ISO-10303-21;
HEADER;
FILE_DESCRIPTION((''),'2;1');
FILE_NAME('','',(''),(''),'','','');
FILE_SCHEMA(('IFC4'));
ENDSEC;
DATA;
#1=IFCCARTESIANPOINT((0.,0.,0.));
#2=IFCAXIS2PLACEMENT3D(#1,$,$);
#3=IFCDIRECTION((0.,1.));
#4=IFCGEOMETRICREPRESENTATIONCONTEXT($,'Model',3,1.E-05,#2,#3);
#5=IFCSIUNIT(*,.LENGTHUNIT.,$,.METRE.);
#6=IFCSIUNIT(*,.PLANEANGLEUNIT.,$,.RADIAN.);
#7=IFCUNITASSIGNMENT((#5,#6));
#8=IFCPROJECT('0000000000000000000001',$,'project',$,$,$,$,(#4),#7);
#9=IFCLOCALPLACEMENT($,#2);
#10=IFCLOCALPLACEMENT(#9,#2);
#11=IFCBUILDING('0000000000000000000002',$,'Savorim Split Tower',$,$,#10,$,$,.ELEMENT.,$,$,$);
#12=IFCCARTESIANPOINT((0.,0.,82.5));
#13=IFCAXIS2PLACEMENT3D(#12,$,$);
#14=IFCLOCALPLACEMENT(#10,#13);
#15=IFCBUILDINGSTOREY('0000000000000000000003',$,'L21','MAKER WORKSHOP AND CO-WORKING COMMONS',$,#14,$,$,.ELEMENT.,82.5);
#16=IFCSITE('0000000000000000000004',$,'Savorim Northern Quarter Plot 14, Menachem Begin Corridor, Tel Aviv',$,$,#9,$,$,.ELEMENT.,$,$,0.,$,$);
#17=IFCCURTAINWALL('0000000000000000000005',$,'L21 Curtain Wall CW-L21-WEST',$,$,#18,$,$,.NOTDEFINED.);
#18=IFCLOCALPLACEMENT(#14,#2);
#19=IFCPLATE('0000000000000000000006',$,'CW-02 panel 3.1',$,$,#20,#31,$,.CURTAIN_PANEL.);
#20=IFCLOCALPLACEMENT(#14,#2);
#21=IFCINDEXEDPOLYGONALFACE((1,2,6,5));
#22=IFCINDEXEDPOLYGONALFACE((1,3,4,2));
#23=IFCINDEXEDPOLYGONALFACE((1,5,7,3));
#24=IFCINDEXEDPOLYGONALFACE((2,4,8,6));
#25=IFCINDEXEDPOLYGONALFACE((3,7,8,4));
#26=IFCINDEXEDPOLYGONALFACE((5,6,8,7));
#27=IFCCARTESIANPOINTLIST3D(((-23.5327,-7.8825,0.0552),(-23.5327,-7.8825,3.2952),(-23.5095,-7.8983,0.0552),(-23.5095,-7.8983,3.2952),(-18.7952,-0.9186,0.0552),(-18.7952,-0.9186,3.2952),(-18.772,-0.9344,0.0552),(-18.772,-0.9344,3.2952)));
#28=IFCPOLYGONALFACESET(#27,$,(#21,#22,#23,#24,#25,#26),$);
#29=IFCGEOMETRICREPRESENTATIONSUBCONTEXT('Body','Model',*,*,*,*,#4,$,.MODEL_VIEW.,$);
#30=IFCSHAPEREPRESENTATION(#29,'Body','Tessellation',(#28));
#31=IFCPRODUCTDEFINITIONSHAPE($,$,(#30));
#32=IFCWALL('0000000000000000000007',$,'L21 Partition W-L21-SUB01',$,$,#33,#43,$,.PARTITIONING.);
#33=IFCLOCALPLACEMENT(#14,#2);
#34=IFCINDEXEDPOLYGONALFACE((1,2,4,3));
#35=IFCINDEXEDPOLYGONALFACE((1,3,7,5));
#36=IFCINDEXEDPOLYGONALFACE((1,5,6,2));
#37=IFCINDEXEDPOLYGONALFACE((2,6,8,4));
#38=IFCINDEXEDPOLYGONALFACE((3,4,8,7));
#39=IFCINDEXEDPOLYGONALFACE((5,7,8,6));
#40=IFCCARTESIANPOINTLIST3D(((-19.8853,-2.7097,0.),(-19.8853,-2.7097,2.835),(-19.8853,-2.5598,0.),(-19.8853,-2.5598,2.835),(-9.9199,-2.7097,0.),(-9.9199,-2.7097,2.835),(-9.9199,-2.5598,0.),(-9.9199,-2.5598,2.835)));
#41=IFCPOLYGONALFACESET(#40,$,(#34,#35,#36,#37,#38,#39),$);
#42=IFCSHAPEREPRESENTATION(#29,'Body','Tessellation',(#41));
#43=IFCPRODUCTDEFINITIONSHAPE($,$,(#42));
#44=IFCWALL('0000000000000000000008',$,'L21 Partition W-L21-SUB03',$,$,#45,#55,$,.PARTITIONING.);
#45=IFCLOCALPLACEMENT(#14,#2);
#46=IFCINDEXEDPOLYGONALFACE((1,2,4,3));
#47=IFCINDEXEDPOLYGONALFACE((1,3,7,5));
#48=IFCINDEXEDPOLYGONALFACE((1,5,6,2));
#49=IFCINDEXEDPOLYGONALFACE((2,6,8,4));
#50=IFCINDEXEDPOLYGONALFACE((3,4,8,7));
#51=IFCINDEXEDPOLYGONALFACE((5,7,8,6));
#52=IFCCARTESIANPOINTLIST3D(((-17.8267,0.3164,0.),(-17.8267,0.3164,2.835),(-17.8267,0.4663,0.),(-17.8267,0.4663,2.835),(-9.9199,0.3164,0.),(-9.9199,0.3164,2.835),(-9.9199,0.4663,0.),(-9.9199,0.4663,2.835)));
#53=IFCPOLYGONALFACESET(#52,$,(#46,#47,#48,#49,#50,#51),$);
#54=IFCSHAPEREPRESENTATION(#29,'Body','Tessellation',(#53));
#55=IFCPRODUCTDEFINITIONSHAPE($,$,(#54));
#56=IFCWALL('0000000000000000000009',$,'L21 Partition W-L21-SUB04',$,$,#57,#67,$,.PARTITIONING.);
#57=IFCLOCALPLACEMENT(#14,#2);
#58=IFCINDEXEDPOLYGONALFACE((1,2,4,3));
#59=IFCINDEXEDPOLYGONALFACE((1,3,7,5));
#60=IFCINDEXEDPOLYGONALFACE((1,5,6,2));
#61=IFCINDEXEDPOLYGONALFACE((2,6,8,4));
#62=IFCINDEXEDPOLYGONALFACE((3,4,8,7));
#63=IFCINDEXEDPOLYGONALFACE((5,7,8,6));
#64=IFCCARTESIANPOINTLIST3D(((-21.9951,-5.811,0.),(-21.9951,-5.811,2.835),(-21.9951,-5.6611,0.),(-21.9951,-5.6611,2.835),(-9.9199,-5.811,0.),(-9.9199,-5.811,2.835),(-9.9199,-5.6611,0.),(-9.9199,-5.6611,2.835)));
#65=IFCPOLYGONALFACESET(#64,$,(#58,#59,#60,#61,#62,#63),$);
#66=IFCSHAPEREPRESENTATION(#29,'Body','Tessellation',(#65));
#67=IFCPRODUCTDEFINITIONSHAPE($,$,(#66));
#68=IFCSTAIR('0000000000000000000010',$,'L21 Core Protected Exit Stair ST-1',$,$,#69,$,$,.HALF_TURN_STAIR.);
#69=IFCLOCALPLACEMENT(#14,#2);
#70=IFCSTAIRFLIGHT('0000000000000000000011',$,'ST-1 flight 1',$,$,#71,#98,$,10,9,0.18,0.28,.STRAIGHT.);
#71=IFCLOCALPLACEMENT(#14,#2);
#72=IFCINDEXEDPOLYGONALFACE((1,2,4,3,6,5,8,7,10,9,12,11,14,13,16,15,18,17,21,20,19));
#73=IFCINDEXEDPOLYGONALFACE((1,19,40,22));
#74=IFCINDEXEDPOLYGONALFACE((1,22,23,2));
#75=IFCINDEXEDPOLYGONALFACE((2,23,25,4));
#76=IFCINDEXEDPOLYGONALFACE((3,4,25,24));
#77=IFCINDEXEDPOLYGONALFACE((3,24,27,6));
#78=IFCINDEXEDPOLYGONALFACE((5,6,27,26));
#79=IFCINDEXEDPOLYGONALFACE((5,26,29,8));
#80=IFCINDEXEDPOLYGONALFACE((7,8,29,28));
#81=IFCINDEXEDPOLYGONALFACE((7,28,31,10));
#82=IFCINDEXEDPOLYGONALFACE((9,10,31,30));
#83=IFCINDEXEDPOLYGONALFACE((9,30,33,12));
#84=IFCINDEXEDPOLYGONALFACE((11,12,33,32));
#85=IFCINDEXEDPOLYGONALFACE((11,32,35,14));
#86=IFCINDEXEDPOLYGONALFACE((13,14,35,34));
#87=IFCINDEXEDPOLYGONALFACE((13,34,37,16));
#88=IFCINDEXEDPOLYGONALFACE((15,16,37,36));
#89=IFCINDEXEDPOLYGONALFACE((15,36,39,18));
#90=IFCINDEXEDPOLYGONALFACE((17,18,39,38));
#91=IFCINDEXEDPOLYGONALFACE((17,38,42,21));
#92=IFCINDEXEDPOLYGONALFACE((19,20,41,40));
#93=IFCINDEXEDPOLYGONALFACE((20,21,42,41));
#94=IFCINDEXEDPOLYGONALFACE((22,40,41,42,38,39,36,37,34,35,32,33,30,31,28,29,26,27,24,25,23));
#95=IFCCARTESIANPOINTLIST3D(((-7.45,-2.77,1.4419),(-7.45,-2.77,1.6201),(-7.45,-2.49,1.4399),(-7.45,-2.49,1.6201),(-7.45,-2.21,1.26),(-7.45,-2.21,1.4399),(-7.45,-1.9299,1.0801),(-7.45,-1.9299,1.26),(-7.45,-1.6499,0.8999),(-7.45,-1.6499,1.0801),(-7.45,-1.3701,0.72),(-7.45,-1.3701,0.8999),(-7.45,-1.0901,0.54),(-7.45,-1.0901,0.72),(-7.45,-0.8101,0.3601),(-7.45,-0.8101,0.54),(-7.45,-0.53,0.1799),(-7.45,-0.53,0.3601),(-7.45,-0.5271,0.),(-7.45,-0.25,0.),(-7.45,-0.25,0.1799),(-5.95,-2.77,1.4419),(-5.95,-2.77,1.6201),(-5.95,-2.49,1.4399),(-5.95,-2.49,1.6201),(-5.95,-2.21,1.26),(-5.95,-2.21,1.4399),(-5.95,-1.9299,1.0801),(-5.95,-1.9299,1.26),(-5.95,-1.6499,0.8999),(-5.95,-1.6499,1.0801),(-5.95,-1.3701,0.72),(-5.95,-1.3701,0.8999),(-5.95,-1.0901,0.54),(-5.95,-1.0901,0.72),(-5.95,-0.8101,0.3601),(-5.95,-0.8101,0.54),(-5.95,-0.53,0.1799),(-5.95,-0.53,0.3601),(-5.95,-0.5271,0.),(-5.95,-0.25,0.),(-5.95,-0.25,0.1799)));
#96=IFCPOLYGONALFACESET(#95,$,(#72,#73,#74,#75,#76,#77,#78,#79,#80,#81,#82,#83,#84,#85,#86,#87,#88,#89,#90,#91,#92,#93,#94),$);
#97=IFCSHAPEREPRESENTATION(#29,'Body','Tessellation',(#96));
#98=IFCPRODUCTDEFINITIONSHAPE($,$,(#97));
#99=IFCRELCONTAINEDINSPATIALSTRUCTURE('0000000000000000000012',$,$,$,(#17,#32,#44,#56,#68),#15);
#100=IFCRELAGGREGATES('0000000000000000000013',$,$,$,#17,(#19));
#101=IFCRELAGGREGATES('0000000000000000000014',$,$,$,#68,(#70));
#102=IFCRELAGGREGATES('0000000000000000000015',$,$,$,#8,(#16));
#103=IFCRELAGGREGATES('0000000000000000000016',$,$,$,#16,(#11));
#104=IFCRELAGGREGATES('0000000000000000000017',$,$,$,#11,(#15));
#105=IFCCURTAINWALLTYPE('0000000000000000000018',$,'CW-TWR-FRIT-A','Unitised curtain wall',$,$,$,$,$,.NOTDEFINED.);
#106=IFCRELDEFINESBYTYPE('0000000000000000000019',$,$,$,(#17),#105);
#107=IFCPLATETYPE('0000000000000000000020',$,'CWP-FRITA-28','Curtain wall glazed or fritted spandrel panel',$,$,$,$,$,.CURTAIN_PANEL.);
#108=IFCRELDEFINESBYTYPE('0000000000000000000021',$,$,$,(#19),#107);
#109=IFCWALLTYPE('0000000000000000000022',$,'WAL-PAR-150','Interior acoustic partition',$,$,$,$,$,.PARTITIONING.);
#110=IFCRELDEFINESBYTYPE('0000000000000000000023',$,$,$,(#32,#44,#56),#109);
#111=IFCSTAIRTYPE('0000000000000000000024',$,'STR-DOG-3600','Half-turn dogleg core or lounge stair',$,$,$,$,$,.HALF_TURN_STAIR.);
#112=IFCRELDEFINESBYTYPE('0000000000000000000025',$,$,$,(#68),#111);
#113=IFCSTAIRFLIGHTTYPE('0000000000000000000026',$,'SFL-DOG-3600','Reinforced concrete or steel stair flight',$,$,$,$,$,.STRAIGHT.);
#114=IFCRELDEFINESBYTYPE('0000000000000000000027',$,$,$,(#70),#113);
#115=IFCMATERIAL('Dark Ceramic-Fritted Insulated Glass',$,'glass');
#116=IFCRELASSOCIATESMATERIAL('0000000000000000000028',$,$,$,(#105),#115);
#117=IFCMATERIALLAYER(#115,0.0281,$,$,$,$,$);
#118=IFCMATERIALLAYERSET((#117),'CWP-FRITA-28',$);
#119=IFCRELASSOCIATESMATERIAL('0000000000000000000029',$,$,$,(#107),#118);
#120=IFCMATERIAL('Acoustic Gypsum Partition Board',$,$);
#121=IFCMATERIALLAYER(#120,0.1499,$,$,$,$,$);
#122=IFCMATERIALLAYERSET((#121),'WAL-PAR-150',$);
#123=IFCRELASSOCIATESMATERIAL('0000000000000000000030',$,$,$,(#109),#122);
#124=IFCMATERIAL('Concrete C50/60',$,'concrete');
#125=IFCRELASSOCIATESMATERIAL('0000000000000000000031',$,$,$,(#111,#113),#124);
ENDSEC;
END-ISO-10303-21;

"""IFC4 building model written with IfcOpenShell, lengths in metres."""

from ifc_helpers import new_model, si_unit, direction, frame, frame_2d, origin, origin_2d, place, context, subcontext, project, spatial, polyline, rectangle, outline, extrude, material, layer, layer_set, type_object, element, aggregate, save


model = new_model("IFC4")

# Units and contexts
model_context = context("Model", 3, precision=1e-05, world=origin(), true_north=direction((0.0, 1.0)))
body_context = subcontext(model_context, "Body", "Model", "MODEL_VIEW")
ifc_project = project(units=[si_unit("LENGTHUNIT", "METRE"), si_unit("PLANEANGLEUNIT", "RADIAN")], contexts=[model_context])

# Site, building, storey
site_placement = place(None, origin())
site = spatial("IfcSite", under=ifc_project, at=site_placement, Name="Savorim Northern Quarter Plot 14, Menachem Begin Corridor, Tel Aviv", CompositionType="ELEMENT", RefElevation=0.0)
building_placement = place(site_placement, origin())
building = spatial("IfcBuilding", under=site, at=building_placement, Name="Savorim Split Tower", CompositionType="ELEMENT")
storey_placement = place(building_placement, frame((0.0, 0.0, 82.5)))
storey = spatial("IfcBuildingStorey", under=building, at=storey_placement, Name="L21", Description="MAKER WORKSHOP AND CO-WORKING COMMONS", CompositionType="ELEMENT", Elevation=82.5)

# Curtain wall, plate
ifc_material_1 = material(Name="Dark Ceramic-Fritted Insulated Glass", Category="glass")
curtain_wall_type = type_object("IfcCurtainWallType", Name="CW-TWR-FRIT-A", Description="Unitised curtain wall", PredefinedType="NOTDEFINED", material=ifc_material_1)
curtain_wall_placement = place(storey_placement, origin())
curtain_wall = element("IfcCurtainWall", 1, at=curtain_wall_placement, inside=storey, type_object=curtain_wall_type, Name="L21 Curtain Wall CW-L21-WEST", PredefinedType="NOTDEFINED")
ifc_layer_1 = layer(ifc_material_1, 0.0281)
ifc_layer_set_1 = layer_set([ifc_layer_1], Name="CWP-FRITA-28")
plate_type = type_object("IfcPlateType", Name="CWP-FRITA-28", Description="Curtain wall glazed or fritted spandrel panel", PredefinedType="CURTAIN_PANEL", material=ifc_layer_set_1)
plate_placement = place(storey_placement, frame((-21.1523, -4.4084, 0.0552), z_axis=(0.0, 0.0, 1.0), x_axis=(-0.562468, -0.826819, 0.0)))
plate = element("IfcPlate", 2, at=plate_placement, type_object=plate_type, Name="CW-02 panel 3.1", PredefinedType="CURTAIN_PANEL", context=body_context, shape_type="SweptSolid", body=[
    extrude(rectangle(XDim=8.4226, YDim=0.0281, at=origin_2d()), origin(), (0.0, 0.0, 1.0), 3.24),
])
aggregate(curtain_wall, [plate])

# Shared definitions
ifc_material_2 = material(Name="Concrete C50/60", Category="concrete")

# Walls
ifc_material_3 = material(Name="Acoustic Gypsum Partition Board")
ifc_layer_2 = layer(ifc_material_3, 0.1499)
ifc_layer_set_2 = layer_set([ifc_layer_2], Name="WAL-PAR-150")
wall_type_1 = type_object("IfcWallType", Name="WAL-PAR-150", Description="Interior acoustic partition", PredefinedType="PARTITIONING", material=ifc_layer_set_2)
wall_1_placement = place(storey_placement, frame((-9.9199, -2.6348, 0.0), z_axis=(0.0, 0.0, 1.0), x_axis=(-1.0, 0.0, 0.0)))
element("IfcWall", 3, at=wall_1_placement, inside=storey, type_object=wall_type_1, Name="L21 Partition W-L21-SUB01", PredefinedType="PARTITIONING", context=body_context, shape_type="SweptSolid", body=[
    extrude(rectangle(XDim=9.9653, YDim=0.1499, at=frame_2d((4.9827, 0.0))), origin(), (0.0, 0.0, 1.0), 2.835),
])
wall_2_placement = place(storey_placement, frame((-9.9199, 0.3914, 0.0), z_axis=(0.0, 0.0, 1.0), x_axis=(-1.0, 0.0, 0.0)))
element("IfcWall", 4, at=wall_2_placement, inside=storey, type_object=wall_type_1, Name="L21 Partition W-L21-SUB03", PredefinedType="PARTITIONING", context=body_context, shape_type="SweptSolid", body=[
    extrude(rectangle(XDim=7.9067, YDim=0.1499, at=frame_2d((3.9534, 0.0))), origin(), (0.0, 0.0, 1.0), 2.835),
])
wall_3_placement = place(storey_placement, frame((-9.9199, -5.7361, 0.0), z_axis=(0.0, 0.0, 1.0), x_axis=(-1.0, 0.0, 0.0)))
element("IfcWall", 5, at=wall_3_placement, inside=storey, type_object=wall_type_1, Name="L21 Partition W-L21-SUB04", PredefinedType="PARTITIONING", context=body_context, shape_type="SweptSolid", body=[
    extrude(rectangle(XDim=12.0752, YDim=0.1499, at=frame_2d((6.0376, 0.0))), origin(), (0.0, 0.0, 1.0), 2.835),
])

# Stair, stair flight
stair_type = type_object("IfcStairType", Name="STR-DOG-3600", Description="Half-turn dogleg core or lounge stair", PredefinedType="HALF_TURN_STAIR", material=ifc_material_2)
stair_placement = place(storey_placement, origin())
stair = element("IfcStair", 6, at=stair_placement, inside=storey, type_object=stair_type, Name="L21 Core Protected Exit Stair ST-1", PredefinedType="HALF_TURN_STAIR")
stair_flight_type = type_object("IfcStairFlightType", Name="SFL-DOG-3600", Description="Reinforced concrete or steel stair flight", PredefinedType="STRAIGHT", material=ifc_material_2)
stair_flight_placement = place(storey_placement, frame((-6.7, -0.25, 0.0), z_axis=(0.0, 0.0, 1.0), x_axis=(0.0, -1.0, 0.0)))
stair_flight = element("IfcStairFlight", 7, at=stair_flight_placement, type_object=stair_flight_type, Name="ST-1 flight 1", NumberOfRisers=10, NumberOfTreads=9, PredefinedType="STRAIGHT", RiserHeight=0.18, TreadLength=0.28, context=body_context, shape_type="SweptSolid", body=[
    extrude(outline(polyline([(0.0, 0.0), (0.0, 0.1799), (0.28, 0.1799), (0.28, 0.3601), (0.5601, 0.3601), (0.5601, 0.54), (0.8401, 0.54), (0.8401, 0.72), (1.1201, 0.72), (1.1201, 0.8999), (1.3999, 0.8999), (1.3999, 1.0801), (1.6799, 1.0801), (1.6799, 1.26), (1.96, 1.26), (1.96, 1.4399), (2.24, 1.4399), (2.24, 1.6201), (2.52, 1.6201), (2.52, 1.8), (2.52, 1.4419), (0.2771, 0.0), (0.0, 0.0)])), frame((0.0, 0.75, 0.0), z_axis=(0.0, -1.0, 0.0), x_axis=(1.0, 0.0, 0.0)), (0.0, 0.0, 1.0), 1.5),
])
aggregate(stair, [stair_flight])

save(model, "model.ifc")
